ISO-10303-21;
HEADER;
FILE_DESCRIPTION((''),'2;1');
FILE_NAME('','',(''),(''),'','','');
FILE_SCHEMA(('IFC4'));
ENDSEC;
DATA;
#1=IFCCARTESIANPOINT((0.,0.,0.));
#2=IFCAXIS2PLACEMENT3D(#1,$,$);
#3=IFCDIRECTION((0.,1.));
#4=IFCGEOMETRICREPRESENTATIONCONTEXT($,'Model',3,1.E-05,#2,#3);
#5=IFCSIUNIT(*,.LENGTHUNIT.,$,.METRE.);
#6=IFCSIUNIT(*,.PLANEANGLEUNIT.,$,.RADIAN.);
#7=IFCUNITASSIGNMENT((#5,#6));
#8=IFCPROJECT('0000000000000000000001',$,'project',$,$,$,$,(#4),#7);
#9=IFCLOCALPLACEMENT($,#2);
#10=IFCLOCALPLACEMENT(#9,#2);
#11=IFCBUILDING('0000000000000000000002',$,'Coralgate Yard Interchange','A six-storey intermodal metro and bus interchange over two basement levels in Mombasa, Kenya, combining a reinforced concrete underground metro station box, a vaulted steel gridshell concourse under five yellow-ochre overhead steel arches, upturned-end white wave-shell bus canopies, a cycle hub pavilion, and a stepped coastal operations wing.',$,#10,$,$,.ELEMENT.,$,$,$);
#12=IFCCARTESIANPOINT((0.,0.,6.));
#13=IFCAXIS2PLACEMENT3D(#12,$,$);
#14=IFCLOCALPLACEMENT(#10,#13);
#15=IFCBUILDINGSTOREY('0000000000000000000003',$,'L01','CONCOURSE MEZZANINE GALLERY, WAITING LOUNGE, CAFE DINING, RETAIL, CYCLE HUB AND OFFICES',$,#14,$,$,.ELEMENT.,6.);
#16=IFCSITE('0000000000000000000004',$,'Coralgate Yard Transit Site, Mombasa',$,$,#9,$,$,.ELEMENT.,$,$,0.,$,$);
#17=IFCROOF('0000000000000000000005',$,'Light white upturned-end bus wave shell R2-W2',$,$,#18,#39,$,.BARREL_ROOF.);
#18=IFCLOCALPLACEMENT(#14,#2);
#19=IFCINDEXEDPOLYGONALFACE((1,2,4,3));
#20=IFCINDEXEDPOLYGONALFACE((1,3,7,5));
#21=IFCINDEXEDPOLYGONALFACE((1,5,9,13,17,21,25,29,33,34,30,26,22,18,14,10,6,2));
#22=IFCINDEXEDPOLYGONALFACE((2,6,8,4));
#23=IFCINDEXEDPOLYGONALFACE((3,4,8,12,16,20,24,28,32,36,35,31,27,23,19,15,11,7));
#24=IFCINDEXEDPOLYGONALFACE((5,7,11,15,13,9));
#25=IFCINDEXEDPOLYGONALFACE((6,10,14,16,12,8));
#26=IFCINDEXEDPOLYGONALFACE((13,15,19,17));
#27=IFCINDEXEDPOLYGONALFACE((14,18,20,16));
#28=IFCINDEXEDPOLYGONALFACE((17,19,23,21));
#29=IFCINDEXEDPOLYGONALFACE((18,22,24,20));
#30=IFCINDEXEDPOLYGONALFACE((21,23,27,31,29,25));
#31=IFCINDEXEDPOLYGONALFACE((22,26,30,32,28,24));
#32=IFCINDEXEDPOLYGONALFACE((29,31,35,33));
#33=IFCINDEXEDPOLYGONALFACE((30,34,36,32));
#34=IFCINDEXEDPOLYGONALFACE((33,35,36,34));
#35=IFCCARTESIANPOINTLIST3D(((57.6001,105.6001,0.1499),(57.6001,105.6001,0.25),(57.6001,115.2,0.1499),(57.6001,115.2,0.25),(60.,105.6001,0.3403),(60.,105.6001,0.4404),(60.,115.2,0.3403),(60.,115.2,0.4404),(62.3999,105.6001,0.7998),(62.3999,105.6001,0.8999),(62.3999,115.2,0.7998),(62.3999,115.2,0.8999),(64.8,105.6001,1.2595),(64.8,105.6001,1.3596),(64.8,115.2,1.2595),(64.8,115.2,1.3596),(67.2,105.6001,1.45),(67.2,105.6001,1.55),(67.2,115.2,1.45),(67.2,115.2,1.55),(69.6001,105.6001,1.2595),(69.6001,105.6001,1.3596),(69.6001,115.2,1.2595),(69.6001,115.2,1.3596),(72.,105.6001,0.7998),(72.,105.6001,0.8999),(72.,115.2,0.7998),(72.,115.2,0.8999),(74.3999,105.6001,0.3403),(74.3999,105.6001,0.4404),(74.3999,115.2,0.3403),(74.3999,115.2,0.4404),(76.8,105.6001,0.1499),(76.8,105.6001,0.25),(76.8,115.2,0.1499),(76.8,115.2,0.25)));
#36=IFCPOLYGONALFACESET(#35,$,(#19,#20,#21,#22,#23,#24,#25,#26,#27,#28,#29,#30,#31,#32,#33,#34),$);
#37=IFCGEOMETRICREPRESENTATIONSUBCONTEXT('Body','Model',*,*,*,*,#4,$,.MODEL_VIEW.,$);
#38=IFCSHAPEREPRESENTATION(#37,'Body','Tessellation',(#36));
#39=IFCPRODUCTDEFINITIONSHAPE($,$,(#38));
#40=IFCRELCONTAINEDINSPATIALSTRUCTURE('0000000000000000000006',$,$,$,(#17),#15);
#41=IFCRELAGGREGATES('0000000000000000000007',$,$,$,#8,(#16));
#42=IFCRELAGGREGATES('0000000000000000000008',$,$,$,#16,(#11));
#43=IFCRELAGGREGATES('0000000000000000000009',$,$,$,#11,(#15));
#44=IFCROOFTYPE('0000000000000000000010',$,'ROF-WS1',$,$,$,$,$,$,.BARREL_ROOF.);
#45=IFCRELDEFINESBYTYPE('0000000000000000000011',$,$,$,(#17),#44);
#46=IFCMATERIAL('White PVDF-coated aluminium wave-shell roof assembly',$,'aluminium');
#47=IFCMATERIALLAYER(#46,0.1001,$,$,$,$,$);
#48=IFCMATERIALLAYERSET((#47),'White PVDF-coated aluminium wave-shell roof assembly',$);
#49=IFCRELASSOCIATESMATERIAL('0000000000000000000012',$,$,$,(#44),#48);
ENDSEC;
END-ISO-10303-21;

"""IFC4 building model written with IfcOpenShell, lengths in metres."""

from ifc_helpers import new_model, si_unit, direction, frame, origin, place, context, subcontext, project, spatial, polyline, outline, extrude, material, layer, layer_set, type_object, element, save


model = new_model("IFC4")

# Units and contexts
model_context = context("Model", 3, precision=1e-05, world=origin(), true_north=direction((0.0, 1.0)))
body_context = subcontext(model_context, "Body", "Model", "MODEL_VIEW")
ifc_project = project(units=[si_unit("LENGTHUNIT", "METRE"), si_unit("PLANEANGLEUNIT", "RADIAN")], contexts=[model_context])

# Site, building, storey
site_placement = place(None, origin())
site = spatial("IfcSite", under=ifc_project, at=site_placement, Name="Coralgate Yard Transit Site, Mombasa", CompositionType="ELEMENT", RefElevation=0.0)
building_placement = place(site_placement, origin())
building = spatial("IfcBuilding", under=site, at=building_placement, Name="Coralgate Yard Interchange", Description="A six-storey intermodal metro and bus interchange over two basement levels in Mombasa, Kenya, combining a reinforced concrete underground metro station box, a vaulted steel gridshell concourse under five yellow-ochre overhead steel arches, upturned-end white wave-shell bus canopies, a cycle hub pavilion, and a stepped coastal operations wing.", CompositionType="ELEMENT")
storey_placement = place(building_placement, frame((0.0, 0.0, 6.0)))
storey = spatial("IfcBuildingStorey", under=building, at=storey_placement, Name="L01", Description="CONCOURSE MEZZANINE GALLERY, WAITING LOUNGE, CAFE DINING, RETAIL, CYCLE HUB AND OFFICES", CompositionType="ELEMENT", Elevation=6.0)

# Roof
ifc_material_1 = material(Name="White PVDF-coated aluminium wave-shell roof assembly", Category="aluminium")
ifc_layer_1 = layer(ifc_material_1, 0.1001)
ifc_layer_set_1 = layer_set([ifc_layer_1], Name="White PVDF-coated aluminium wave-shell roof assembly")
roof_type = type_object("IfcRoofType", Name="ROF-WS1", PredefinedType="BARREL_ROOF", material=ifc_layer_set_1)
roof_placement = place(storey_placement, frame((57.6001, 105.6001, 0.25), z_axis=(0.0, 1.0, 0.0), x_axis=(-1.0, 0.0, 0.0)))
element("IfcRoof", 1, at=roof_placement, inside=storey, type_object=roof_type, Name="Light white upturned-end bus wave shell R2-W2", PredefinedType="BARREL_ROOF", context=body_context, shape_type="SweptSolid", body=[
    extrude(outline(polyline([(0.0, 0.0), (-2.3999, 0.1904), (-4.7998, 0.6499), (-7.2, 1.1096), (-9.5999, 1.3), (-12.0, 1.1096), (-14.3999, 0.6499), (-16.7998, 0.1904), (-19.2, 0.0), (-19.2, -0.1001), (-16.7998, 0.0903), (-14.3999, 0.5498), (-12.0, 1.0095), (-9.5999, 1.2), (-7.2, 1.0095), (-4.7998, 0.5498), (-2.3999, 0.0903), (0.0, -0.1001), (0.0, 0.0)])), origin(), (0.0, 0.0, 1.0), 9.5999),
])

save(model, "model.ifc")
